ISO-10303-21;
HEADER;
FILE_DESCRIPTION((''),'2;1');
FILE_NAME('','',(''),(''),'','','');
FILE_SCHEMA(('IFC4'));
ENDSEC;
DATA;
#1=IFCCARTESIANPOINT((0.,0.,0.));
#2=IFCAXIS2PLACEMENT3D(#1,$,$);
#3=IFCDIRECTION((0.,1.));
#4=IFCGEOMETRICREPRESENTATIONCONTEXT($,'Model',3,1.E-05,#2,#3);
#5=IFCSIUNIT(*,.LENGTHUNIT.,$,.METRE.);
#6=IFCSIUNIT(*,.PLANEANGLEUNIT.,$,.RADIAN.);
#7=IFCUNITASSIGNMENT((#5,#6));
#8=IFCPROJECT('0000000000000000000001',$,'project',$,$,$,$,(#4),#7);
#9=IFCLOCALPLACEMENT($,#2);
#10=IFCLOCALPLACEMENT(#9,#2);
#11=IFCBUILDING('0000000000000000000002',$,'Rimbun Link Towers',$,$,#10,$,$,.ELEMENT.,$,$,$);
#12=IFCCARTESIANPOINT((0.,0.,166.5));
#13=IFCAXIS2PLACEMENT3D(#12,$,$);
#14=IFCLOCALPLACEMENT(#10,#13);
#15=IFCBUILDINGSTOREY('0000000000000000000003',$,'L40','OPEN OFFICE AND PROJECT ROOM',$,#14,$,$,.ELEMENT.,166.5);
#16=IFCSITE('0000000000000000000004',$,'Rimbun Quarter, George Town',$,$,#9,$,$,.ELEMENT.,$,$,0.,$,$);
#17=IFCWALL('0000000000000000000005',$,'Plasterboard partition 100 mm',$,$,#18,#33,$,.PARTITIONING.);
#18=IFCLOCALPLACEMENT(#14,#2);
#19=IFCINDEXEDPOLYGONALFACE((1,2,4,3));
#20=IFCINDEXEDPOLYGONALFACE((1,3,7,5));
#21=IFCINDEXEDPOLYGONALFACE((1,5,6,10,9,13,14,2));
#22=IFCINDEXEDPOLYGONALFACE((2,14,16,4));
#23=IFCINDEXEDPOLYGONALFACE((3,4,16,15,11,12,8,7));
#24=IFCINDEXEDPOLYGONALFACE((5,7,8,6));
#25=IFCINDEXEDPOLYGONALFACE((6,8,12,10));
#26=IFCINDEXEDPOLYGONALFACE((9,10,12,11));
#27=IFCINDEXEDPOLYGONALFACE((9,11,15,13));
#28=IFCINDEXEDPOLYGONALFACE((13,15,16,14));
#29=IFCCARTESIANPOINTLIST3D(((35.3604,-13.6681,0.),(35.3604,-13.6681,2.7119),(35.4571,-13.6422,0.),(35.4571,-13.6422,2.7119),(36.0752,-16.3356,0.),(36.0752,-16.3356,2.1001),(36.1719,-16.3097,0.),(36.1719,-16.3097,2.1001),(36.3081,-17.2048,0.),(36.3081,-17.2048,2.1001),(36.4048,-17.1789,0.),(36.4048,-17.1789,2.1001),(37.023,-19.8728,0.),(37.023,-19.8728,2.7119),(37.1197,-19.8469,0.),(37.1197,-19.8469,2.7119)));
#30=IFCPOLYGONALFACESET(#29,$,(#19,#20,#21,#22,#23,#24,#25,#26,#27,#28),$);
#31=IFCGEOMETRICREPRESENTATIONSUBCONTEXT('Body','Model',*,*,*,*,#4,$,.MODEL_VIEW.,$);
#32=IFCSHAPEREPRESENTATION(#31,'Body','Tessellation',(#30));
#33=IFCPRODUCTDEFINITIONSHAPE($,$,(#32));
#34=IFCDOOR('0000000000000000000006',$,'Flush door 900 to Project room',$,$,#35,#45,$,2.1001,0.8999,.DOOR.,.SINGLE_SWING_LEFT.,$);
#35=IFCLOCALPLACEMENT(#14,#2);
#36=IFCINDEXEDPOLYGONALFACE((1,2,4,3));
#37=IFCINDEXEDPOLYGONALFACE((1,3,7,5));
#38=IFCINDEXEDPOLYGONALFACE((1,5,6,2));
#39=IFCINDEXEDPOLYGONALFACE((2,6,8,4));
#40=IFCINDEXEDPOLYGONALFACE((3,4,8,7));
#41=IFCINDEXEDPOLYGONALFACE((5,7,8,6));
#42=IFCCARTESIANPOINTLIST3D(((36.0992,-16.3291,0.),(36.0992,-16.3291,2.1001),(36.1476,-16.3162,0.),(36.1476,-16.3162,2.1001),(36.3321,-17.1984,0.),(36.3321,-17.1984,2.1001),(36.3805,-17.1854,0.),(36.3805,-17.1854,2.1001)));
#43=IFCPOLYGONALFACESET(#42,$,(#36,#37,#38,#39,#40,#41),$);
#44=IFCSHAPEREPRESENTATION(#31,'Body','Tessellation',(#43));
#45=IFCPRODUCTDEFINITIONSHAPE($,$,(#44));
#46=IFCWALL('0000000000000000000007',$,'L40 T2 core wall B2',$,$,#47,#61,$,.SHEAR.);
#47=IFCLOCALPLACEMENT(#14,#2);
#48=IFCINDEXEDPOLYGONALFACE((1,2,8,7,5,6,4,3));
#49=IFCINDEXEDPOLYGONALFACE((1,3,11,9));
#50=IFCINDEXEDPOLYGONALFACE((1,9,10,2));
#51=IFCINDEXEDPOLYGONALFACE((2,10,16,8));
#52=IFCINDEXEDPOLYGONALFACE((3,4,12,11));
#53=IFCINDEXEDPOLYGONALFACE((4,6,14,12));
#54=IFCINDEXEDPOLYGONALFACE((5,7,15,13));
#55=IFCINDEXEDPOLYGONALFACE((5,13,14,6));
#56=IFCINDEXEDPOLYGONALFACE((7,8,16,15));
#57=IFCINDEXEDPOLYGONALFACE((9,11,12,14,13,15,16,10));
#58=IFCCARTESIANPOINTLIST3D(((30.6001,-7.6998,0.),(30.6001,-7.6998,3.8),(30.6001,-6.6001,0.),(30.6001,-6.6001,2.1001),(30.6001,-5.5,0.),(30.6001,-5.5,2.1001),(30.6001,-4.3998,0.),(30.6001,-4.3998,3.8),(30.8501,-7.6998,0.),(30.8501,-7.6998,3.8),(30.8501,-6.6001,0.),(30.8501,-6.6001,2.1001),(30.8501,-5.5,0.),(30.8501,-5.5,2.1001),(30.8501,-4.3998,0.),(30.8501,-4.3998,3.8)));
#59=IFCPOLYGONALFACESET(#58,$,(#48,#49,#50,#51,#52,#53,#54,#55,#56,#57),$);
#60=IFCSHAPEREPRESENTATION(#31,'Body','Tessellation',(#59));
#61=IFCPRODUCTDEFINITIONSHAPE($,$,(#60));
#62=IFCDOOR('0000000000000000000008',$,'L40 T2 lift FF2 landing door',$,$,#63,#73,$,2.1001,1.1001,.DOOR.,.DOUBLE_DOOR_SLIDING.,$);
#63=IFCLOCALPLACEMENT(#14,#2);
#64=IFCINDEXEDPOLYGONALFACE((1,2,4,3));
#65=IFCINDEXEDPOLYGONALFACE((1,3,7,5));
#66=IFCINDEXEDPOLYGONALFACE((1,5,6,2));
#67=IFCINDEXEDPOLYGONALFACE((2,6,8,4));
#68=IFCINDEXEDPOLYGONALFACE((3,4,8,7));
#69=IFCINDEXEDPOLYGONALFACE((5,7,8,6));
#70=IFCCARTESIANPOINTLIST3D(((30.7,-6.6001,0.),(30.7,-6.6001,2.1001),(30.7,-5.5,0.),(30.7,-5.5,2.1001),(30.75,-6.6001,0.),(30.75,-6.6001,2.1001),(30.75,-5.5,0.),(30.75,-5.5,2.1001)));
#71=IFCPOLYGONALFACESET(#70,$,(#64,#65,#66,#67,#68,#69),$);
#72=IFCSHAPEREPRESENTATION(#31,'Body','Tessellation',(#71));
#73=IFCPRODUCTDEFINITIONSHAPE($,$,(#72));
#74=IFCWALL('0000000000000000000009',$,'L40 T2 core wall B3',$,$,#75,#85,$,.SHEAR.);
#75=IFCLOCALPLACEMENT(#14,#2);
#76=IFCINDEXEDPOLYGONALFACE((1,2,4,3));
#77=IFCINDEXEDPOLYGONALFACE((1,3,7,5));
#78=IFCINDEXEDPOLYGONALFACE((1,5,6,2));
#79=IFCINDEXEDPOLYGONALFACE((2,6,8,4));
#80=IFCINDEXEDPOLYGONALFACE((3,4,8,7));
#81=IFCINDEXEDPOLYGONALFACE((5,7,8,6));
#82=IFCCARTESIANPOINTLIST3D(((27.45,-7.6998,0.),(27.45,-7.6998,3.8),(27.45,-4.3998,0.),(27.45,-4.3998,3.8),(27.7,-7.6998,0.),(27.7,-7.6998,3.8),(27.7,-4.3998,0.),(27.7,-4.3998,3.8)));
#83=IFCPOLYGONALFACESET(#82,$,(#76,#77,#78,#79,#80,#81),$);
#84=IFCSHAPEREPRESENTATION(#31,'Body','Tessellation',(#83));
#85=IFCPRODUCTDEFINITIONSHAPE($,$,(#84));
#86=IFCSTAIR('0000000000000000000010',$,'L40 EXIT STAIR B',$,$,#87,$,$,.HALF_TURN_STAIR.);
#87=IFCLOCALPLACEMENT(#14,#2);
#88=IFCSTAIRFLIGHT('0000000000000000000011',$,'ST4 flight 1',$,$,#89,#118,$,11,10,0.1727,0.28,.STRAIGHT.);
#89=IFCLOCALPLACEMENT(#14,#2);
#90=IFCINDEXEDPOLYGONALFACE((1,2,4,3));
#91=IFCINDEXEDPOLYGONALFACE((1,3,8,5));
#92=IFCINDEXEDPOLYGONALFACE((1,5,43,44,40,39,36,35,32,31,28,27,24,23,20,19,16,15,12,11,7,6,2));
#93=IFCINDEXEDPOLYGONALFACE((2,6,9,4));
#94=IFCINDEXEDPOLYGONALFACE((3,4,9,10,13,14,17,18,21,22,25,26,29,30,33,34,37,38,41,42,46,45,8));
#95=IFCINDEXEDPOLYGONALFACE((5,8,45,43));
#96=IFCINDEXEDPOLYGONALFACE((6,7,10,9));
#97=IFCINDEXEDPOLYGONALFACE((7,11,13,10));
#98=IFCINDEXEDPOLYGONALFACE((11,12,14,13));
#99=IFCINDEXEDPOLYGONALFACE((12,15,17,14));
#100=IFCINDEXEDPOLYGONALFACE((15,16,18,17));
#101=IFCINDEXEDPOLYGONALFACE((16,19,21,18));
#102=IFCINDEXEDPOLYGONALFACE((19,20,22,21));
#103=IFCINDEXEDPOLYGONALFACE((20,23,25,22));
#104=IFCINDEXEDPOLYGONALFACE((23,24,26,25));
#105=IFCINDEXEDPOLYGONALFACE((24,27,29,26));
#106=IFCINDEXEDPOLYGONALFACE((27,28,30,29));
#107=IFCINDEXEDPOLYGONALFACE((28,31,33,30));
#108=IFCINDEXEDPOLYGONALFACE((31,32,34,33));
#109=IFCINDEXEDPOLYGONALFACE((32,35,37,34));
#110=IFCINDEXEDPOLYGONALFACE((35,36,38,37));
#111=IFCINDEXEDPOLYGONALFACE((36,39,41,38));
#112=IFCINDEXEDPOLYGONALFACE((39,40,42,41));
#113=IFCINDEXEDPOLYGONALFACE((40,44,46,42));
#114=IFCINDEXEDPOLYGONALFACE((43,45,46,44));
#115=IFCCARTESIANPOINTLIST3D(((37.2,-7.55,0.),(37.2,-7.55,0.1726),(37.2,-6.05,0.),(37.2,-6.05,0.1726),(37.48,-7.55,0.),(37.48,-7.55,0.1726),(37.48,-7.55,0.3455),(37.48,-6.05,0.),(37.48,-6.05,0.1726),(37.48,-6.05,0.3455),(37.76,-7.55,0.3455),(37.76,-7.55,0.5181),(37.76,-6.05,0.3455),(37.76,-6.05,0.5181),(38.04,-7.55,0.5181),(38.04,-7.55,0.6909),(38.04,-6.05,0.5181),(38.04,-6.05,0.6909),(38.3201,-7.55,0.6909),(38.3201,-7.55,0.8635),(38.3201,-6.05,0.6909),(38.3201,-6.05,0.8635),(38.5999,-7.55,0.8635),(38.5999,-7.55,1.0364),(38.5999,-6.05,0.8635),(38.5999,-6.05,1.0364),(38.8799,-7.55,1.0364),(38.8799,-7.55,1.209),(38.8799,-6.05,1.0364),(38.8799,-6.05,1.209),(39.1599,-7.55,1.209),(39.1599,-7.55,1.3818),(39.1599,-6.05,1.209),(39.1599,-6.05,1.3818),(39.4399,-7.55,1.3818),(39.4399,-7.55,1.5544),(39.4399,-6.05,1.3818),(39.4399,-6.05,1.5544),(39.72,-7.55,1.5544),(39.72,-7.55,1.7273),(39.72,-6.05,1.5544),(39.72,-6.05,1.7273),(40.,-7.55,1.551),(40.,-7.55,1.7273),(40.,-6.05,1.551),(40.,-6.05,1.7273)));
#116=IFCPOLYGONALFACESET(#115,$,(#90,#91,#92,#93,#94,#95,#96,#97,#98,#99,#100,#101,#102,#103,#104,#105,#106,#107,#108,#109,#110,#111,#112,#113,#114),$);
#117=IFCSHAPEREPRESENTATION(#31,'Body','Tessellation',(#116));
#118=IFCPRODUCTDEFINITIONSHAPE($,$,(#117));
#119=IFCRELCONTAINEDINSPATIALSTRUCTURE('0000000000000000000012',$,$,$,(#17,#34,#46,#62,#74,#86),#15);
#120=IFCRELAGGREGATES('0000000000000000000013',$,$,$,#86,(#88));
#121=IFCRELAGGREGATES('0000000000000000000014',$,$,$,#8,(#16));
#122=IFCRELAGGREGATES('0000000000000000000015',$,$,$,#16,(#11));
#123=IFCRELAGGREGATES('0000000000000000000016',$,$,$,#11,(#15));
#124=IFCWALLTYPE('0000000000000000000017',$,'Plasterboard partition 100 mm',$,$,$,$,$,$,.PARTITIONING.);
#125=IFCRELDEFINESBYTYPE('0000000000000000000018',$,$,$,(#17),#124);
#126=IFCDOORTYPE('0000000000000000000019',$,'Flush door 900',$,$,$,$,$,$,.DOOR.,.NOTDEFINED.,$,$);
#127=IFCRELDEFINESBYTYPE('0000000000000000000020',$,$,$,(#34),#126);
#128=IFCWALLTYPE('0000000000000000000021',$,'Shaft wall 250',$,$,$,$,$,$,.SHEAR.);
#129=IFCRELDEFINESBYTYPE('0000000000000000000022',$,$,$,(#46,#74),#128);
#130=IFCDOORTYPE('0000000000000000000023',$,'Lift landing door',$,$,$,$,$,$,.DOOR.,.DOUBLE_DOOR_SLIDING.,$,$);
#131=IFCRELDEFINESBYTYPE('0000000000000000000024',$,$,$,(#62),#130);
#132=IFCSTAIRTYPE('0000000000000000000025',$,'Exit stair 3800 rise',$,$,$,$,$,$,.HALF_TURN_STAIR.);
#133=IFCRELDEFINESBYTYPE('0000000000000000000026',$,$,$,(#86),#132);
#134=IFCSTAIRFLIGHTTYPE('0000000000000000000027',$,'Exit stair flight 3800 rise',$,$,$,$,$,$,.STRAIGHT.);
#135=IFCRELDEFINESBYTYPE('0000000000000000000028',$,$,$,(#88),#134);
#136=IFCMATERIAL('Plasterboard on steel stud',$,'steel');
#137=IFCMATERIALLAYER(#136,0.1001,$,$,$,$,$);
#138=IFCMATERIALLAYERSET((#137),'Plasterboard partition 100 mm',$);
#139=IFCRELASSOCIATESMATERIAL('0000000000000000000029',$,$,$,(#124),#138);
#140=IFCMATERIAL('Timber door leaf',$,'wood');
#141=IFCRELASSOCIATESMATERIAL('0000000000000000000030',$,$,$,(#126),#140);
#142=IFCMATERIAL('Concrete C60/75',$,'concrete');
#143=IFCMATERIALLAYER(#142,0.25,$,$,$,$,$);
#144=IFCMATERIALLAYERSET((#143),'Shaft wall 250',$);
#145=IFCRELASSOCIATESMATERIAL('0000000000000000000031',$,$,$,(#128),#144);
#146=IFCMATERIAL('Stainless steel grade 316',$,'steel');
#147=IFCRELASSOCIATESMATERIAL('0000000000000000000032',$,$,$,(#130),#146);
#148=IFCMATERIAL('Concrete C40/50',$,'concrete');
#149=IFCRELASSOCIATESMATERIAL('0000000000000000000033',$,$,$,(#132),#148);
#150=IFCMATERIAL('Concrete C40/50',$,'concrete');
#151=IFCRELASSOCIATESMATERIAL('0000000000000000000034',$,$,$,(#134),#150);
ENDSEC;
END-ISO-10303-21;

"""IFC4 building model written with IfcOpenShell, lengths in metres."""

from ifc_helpers import new_model, si_unit, direction, frame, frame_2d, origin, place, context, subcontext, project, spatial, polyline, rectangle, outline, extrude, material, layer, layer_set, type_object, element, fill, aggregate, save


model = new_model("IFC4")

# Units and contexts
model_context = context("Model", 3, precision=1e-05, world=origin(), true_north=direction((0.0, 1.0)))
body_context = subcontext(model_context, "Body", "Model", "MODEL_VIEW")
ifc_project = project(units=[si_unit("LENGTHUNIT", "METRE"), si_unit("PLANEANGLEUNIT", "RADIAN")], contexts=[model_context])

# Site, building, storey
site_placement = place(None, origin())
site = spatial("IfcSite", under=ifc_project, at=site_placement, Name="Rimbun Quarter, George Town", CompositionType="ELEMENT", RefElevation=0.0)
building_placement = place(site_placement, origin())
building = spatial("IfcBuilding", under=site, at=building_placement, Name="Rimbun Link Towers", CompositionType="ELEMENT")
storey_placement = place(building_placement, frame((0.0, 0.0, 166.5)))
storey = spatial("IfcBuildingStorey", under=building, at=storey_placement, Name="L40", Description="OPEN OFFICE AND PROJECT ROOM", CompositionType="ELEMENT", Elevation=166.5)

# Shared definitions
ifc_material_1 = material(Name="Plasterboard on steel stud", Category="steel")
ifc_layer_1 = layer(ifc_material_1, 0.1001)
ifc_layer_set_1 = layer_set([ifc_layer_1], Name="Plasterboard partition 100 mm")
wall_type_1 = type_object("IfcWallType", Name="Plasterboard partition 100 mm", PredefinedType="PARTITIONING", material=ifc_layer_set_1)
ifc_material_2 = material(Name="Timber door leaf", Category="wood")
door_type_1 = type_object("IfcDoorType", Name="Flush door 900", OperationType="NOTDEFINED", PredefinedType="DOOR", material=ifc_material_2)

# Walls, openings, doors
wall_1_placement = place(storey_placement, frame((35.4087, -13.655, 0.0), z_axis=(0.0, 0.0, 1.0), x_axis=(0.258831, -0.965923, 0.0)))
wall_1 = element("IfcWall", 1, at=wall_1_placement, inside=storey, type_object=wall_type_1, Name="Plasterboard partition 100 mm", PredefinedType="PARTITIONING", context=body_context, shape_type="SweptSolid", body=[
    extrude(rectangle(XDim=6.4236, YDim=0.1001, at=frame_2d((3.2119, 0.0))), origin(), (0.0, 0.0, 1.0), 2.7119),
])
opening_1_placement = place(wall_1_placement, frame((2.7617, 0.0, 0.0)))
opening_1 = element("IfcOpeningElement", 2, at=opening_1_placement, cuts=wall_1, PredefinedType="OPENING", context=body_context, shape_type="SweptSolid", body=[
    extrude(rectangle(XDim=0.8999, YDim=2.1001, at=frame_2d((0.45, 1.05))), frame((0.0, 0.0601, 0.0), z_axis=(0.0, -1.0, 0.0), x_axis=(1.0, 0.0, 0.0)), (0.0, 0.0, 1.0), 0.1201),
])
door_1_placement = place(opening_1_placement, origin())
door_1 = element("IfcDoor", 3, at=door_1_placement, inside=storey, type_object=door_type_1, Name="Flush door 900 to Project room", OperationType="SINGLE_SWING_LEFT", OverallHeight=2.1001, OverallWidth=0.8999, PredefinedType="DOOR", context=body_context, shape_type="SweptSolid", body=[
    extrude(rectangle(XDim=0.8999, YDim=2.1001, at=frame_2d((0.45, 1.05))), frame((0.0, 0.0249, 0.0), z_axis=(0.0, -1.0, 0.0), x_axis=(1.0, 0.0, 0.0)), (0.0, 0.0, 1.0), 0.05),
])
fill(opening_1, door_1)
ifc_material_3 = material(Name="Concrete C60/75", Category="concrete")
ifc_layer_2 = layer(ifc_material_3, 0.25)
ifc_layer_set_2 = layer_set([ifc_layer_2], Name="Shaft wall 250")
wall_type_2 = type_object("IfcWallType", Name="Shaft wall 250", PredefinedType="SHEAR", material=ifc_layer_set_2)
wall_2_placement = place(storey_placement, frame((30.7251, -4.3999, 0.0), z_axis=(0.0, 0.0, 1.0), x_axis=(0.0, -1.0, 0.0)))
wall_2 = element("IfcWall", 4, at=wall_2_placement, inside=storey, type_object=wall_type_2, Name="L40 T2 core wall B2", PredefinedType="SHEAR", context=body_context, shape_type="SweptSolid", body=[
    extrude(rectangle(XDim=3.3, YDim=0.25, at=frame_2d((1.6499, 0.0))), origin(), (0.0, 0.0, 1.0), 3.8),
])
opening_2_placement = place(wall_2_placement, frame((1.1001, 0.0, 0.0)))
opening_2 = element("IfcOpeningElement", 5, at=opening_2_placement, cuts=wall_2, PredefinedType="OPENING", context=body_context, shape_type="SweptSolid", body=[
    extrude(rectangle(XDim=1.1001, YDim=2.1001, at=frame_2d((0.55, 1.05))), frame((0.0, 0.135, 0.0), z_axis=(0.0, -1.0, 0.0), x_axis=(1.0, 0.0, 0.0)), (0.0, 0.0, 1.0), 0.27),
])
ifc_material_4 = material(Name="Stainless steel grade 316", Category="steel")
door_type_2 = type_object("IfcDoorType", Name="Lift landing door", OperationType="DOUBLE_DOOR_SLIDING", PredefinedType="DOOR", material=ifc_material_4)
door_2_placement = place(opening_2_placement, origin())
door_2 = element("IfcDoor", 6, at=door_2_placement, inside=storey, type_object=door_type_2, Name="L40 T2 lift FF2 landing door", OperationType="DOUBLE_DOOR_SLIDING", OverallHeight=2.1001, OverallWidth=1.1001, PredefinedType="DOOR", context=body_context, shape_type="SweptSolid", body=[
    extrude(rectangle(XDim=1.1001, YDim=2.1001, at=frame_2d((0.55, 1.05))), frame((0.0, 0.0249, 0.0), z_axis=(0.0, -1.0, 0.0), x_axis=(1.0, 0.0, 0.0)), (0.0, 0.0, 1.0), 0.05),
])
fill(opening_2, door_2)

# Wall
wall_3_placement = place(storey_placement, frame((27.575, -4.3999, 0.0), z_axis=(0.0, 0.0, 1.0), x_axis=(0.0, -1.0, 0.0)))
element("IfcWall", 7, at=wall_3_placement, inside=storey, type_object=wall_type_2, Name="L40 T2 core wall B3", PredefinedType="SHEAR", context=body_context, shape_type="SweptSolid", body=[
    extrude(rectangle(XDim=3.3, YDim=0.25, at=frame_2d((1.6499, 0.0))), origin(), (0.0, 0.0, 1.0), 3.8),
])

# Stair, stair flight
ifc_material_5 = material(Name="Concrete C40/50", Category="concrete")
stair_type = type_object("IfcStairType", Name="Exit stair 3800 rise", PredefinedType="HALF_TURN_STAIR", material=ifc_material_5)
stair_placement = place(storey_placement, origin())
stair = element("IfcStair", 8, at=stair_placement, inside=storey, type_object=stair_type, Name="L40 EXIT STAIR B", PredefinedType="HALF_TURN_STAIR")
ifc_material_6 = material(Name="Concrete C40/50", Category="concrete")
stair_flight_type = type_object("IfcStairFlightType", Name="Exit stair flight 3800 rise", PredefinedType="STRAIGHT", material=ifc_material_6)
stair_flight_placement = place(storey_placement, frame((37.2, -6.8, 0.0), z_axis=(0.0, 0.0, 1.0), x_axis=(1.0, 0.0, 0.0)))
stair_flight = element("IfcStairFlight", 9, at=stair_flight_placement, type_object=stair_flight_type, Name="ST4 flight 1", NumberOfRisers=11, NumberOfTreads=10, PredefinedType="STRAIGHT", RiserHeight=0.1727, TreadLength=0.28, context=body_context, shape_type="SweptSolid", body=[
    extrude(outline(polyline([(0.0, 0.0), (0.0, 0.1726), (0.28, 0.1726), (0.28, 0.3455), (0.5601, 0.3455), (0.5601, 0.5181), (0.8401, 0.5181), (0.8401, 0.6909), (1.1201, 0.6909), (1.1201, 0.8635), (1.3999, 0.8635), (1.3999, 1.0364), (1.6799, 1.0364), (1.6799, 1.209), (1.96, 1.209), (1.96, 1.3818), (2.24, 1.3818), (2.24, 1.5544), (2.52, 1.5544), (2.52, 1.7273), (2.8, 1.7273), (2.8, 1.8999), (2.8, 1.551), (0.28, 0.0), (0.0, 0.0)])), frame((0.0, 0.75, 0.0), z_axis=(0.0, -1.0, 0.0), x_axis=(1.0, 0.0, 0.0)), (0.0, 0.0, 1.0), 1.5),
])
aggregate(stair, [stair_flight])

save(model, "model.ifc")
